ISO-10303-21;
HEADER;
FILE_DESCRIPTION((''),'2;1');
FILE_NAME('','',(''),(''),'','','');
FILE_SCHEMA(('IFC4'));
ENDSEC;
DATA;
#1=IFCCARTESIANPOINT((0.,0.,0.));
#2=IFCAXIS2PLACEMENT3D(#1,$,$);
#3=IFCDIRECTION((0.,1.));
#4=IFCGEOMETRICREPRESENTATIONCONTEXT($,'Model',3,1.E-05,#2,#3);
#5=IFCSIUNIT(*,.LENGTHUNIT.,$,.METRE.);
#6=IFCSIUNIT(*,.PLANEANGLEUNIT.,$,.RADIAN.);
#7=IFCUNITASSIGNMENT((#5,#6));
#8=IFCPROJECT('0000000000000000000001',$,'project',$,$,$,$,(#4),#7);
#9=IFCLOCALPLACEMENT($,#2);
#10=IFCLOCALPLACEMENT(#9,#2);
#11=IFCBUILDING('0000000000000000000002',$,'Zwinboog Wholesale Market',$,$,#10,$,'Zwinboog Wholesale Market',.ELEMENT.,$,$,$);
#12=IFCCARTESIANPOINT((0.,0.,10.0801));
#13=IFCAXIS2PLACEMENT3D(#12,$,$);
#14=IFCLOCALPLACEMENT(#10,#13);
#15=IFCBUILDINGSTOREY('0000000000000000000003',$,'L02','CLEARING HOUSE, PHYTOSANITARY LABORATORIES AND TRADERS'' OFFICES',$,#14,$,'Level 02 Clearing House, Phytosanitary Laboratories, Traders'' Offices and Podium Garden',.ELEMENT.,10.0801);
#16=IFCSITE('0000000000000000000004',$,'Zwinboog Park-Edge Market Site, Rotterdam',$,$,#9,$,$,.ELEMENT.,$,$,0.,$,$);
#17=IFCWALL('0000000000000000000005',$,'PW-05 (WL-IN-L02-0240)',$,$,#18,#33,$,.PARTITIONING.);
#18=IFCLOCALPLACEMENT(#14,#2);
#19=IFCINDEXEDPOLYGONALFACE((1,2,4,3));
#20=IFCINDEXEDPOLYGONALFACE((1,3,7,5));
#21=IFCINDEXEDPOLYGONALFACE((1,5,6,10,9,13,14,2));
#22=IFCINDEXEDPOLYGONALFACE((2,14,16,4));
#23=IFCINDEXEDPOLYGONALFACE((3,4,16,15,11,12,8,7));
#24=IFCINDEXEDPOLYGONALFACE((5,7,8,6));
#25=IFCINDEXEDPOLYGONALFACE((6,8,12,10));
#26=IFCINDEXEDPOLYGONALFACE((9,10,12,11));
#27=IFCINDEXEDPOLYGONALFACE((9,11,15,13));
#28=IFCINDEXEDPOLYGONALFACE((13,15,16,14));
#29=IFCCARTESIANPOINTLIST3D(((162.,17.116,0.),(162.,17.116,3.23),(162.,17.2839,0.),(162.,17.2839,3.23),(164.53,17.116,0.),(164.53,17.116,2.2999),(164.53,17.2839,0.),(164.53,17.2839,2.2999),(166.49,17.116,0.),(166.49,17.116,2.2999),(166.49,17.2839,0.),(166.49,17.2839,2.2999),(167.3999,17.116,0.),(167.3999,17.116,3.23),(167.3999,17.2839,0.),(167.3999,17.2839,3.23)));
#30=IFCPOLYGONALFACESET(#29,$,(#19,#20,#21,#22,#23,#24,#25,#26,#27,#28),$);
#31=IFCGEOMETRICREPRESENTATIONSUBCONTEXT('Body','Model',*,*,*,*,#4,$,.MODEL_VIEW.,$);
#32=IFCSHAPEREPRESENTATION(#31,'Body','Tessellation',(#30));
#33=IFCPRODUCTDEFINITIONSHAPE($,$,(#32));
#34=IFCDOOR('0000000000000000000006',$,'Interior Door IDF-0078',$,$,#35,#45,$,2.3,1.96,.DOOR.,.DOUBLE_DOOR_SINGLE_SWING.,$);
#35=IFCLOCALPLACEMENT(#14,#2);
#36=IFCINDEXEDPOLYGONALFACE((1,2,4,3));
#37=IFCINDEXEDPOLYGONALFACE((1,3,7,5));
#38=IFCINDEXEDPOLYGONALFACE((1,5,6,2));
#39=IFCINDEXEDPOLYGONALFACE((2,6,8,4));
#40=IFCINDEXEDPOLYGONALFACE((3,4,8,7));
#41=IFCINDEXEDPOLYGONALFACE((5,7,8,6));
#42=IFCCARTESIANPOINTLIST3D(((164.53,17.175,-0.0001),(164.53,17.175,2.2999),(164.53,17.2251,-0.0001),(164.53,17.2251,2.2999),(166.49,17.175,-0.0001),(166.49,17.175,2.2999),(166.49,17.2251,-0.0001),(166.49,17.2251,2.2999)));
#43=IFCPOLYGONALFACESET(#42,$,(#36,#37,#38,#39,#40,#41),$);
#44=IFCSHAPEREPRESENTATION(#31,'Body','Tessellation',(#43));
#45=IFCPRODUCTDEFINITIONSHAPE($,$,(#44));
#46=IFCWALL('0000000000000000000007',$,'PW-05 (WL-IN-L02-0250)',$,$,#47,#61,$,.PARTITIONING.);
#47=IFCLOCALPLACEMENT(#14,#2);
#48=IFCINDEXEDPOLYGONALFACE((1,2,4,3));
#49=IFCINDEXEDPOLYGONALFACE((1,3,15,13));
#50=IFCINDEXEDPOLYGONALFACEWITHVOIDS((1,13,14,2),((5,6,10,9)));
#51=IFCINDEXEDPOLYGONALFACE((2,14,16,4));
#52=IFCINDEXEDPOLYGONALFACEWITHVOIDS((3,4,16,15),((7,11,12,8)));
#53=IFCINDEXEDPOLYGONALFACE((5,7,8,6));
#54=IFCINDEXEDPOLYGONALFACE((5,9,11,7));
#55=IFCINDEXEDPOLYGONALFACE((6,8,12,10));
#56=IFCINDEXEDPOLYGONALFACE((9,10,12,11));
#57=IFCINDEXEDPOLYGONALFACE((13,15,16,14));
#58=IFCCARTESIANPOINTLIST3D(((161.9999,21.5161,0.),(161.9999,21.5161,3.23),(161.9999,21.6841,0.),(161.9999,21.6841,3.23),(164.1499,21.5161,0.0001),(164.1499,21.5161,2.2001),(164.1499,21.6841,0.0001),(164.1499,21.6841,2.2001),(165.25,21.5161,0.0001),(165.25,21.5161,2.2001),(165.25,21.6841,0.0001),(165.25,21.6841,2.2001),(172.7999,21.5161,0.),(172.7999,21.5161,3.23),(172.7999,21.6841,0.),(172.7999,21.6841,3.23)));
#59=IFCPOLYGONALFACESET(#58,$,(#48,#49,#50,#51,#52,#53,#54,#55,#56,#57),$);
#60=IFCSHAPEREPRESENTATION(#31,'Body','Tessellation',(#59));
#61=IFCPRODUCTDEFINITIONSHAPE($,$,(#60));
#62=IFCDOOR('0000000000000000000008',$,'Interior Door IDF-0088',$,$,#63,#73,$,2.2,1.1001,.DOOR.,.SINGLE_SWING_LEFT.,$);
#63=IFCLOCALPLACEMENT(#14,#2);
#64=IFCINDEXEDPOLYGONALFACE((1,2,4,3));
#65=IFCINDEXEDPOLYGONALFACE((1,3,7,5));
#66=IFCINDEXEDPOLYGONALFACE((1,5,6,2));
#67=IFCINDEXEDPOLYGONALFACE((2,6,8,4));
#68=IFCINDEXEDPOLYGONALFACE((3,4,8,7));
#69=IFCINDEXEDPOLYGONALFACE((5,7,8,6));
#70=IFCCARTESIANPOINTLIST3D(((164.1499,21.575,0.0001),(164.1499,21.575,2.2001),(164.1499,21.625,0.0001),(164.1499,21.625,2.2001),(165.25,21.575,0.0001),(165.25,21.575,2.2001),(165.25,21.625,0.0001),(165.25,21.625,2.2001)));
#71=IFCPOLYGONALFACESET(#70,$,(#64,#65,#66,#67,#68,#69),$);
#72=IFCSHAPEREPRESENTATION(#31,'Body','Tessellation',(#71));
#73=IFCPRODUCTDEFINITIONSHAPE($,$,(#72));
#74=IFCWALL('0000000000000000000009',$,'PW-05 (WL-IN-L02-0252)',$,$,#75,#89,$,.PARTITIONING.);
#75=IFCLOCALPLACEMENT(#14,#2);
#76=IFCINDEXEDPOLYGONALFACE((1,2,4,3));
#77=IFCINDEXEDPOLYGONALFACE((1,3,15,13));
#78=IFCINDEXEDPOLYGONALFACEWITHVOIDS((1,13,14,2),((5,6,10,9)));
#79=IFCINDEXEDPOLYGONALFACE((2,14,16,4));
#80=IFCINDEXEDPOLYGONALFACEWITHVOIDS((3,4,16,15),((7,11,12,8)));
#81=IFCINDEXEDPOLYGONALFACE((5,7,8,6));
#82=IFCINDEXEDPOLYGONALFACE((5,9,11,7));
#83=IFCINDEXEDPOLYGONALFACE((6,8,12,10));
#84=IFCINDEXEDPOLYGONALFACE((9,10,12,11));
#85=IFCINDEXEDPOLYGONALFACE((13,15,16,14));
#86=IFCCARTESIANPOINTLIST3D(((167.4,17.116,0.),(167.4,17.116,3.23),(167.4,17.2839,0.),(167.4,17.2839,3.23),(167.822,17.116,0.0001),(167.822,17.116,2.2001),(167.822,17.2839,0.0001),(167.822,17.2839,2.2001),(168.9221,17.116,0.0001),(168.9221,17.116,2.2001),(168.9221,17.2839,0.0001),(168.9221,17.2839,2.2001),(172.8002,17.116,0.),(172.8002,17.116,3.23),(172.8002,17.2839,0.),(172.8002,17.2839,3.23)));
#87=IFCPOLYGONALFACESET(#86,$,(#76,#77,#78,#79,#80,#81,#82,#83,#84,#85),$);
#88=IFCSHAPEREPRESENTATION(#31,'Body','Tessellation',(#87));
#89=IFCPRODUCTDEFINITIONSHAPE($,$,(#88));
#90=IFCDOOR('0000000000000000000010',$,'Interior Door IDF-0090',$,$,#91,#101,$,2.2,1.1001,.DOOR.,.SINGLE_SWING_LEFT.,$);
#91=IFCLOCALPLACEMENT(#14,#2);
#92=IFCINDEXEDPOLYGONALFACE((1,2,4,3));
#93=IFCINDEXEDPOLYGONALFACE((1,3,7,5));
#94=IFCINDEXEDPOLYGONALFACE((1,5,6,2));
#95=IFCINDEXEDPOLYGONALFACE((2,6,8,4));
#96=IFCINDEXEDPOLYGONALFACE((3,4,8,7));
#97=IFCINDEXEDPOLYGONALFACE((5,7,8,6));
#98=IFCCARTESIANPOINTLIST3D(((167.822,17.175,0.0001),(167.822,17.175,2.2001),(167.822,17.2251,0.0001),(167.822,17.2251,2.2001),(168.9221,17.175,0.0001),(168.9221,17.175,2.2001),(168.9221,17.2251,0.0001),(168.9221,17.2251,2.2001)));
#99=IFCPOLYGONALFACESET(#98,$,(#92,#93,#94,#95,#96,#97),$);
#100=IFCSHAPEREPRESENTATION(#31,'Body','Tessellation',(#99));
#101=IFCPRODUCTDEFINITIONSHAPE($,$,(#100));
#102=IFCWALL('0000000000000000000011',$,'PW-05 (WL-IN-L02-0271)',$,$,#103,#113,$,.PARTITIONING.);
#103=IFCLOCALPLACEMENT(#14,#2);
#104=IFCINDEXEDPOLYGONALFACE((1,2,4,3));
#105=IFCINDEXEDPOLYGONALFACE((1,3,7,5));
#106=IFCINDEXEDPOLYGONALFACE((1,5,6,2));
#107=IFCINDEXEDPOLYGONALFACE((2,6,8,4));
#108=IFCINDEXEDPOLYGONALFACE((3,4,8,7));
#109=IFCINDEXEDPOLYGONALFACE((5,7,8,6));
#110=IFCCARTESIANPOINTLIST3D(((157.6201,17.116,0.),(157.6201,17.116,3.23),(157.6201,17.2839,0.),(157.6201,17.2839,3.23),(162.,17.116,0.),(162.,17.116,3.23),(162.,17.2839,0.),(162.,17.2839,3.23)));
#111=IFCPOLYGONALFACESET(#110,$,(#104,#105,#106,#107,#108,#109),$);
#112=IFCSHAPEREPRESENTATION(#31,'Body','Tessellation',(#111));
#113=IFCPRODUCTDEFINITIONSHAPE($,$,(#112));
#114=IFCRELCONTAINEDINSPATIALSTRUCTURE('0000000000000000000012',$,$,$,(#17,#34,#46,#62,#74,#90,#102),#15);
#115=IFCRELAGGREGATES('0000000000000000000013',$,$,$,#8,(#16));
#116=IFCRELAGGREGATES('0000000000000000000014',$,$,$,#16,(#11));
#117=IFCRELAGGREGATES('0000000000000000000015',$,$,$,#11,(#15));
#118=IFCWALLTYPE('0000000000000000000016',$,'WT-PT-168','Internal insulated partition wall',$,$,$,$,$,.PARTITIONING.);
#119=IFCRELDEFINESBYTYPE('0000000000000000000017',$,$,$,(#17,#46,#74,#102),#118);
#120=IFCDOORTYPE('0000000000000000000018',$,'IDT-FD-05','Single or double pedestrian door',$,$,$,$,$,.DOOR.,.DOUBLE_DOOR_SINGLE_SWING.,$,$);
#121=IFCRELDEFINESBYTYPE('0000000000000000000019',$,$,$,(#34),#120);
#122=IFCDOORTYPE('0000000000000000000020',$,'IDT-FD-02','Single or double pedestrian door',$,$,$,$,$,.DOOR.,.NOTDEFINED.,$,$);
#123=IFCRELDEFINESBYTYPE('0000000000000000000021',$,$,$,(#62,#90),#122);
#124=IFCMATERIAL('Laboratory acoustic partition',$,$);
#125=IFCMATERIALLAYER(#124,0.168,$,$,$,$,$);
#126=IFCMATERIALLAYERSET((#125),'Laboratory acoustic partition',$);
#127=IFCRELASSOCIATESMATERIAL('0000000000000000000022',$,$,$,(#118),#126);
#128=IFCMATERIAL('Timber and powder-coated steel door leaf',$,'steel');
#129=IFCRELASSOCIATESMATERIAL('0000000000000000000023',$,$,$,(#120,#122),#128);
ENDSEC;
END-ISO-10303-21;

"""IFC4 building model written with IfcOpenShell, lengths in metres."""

from ifc_helpers import new_model, si_unit, direction, frame, frame_2d, origin, place, context, subcontext, project, spatial, rectangle, extrude, material, layer, layer_set, type_object, element, fill, save


model = new_model("IFC4")

# Units and contexts
model_context = context("Model", 3, precision=1e-05, world=origin(), true_north=direction((0.0, 1.0)))
body_context = subcontext(model_context, "Body", "Model", "MODEL_VIEW")
ifc_project = project(units=[si_unit("LENGTHUNIT", "METRE"), si_unit("PLANEANGLEUNIT", "RADIAN")], contexts=[model_context])

# Site, building, storey
site_placement = place(None, origin())
site = spatial("IfcSite", under=ifc_project, at=site_placement, Name="Zwinboog Park-Edge Market Site, Rotterdam", CompositionType="ELEMENT", RefElevation=0.0)
building_placement = place(site_placement, origin())
building = spatial("IfcBuilding", under=site, at=building_placement, Name="Zwinboog Wholesale Market", LongName="Zwinboog Wholesale Market", CompositionType="ELEMENT")
storey_placement = place(building_placement, frame((0.0, 0.0, 10.0801)))
storey = spatial("IfcBuildingStorey", under=building, at=storey_placement, Name="L02", Description="CLEARING HOUSE, PHYTOSANITARY LABORATORIES AND TRADERS' OFFICES", LongName="Level 02 Clearing House, Phytosanitary Laboratories, Traders' Offices and Podium Garden", CompositionType="ELEMENT", Elevation=10.0801)

# Shared definitions
ifc_material_1 = material(Name="Timber and powder-coated steel door leaf", Category="steel")

# Walls, openings, doors
ifc_material_2 = material(Name="Laboratory acoustic partition")
ifc_layer_1 = layer(ifc_material_2, 0.168)
ifc_layer_set_1 = layer_set([ifc_layer_1], Name="Laboratory acoustic partition")
wall_type_1 = type_object("IfcWallType", Name="WT-PT-168", Description="Internal insulated partition wall", PredefinedType="PARTITIONING", material=ifc_layer_set_1)
wall_1_placement = place(storey_placement, frame((162.0, 17.2, 0.0), z_axis=(0.0, 0.0, 1.0), x_axis=(1.0, 0.0, 0.0)))
wall_1 = element("IfcWall", 1, at=wall_1_placement, inside=storey, type_object=wall_type_1, Name="PW-05 (WL-IN-L02-0240)", PredefinedType="PARTITIONING", context=body_context, shape_type="SweptSolid", body=[
    extrude(rectangle(XDim=5.3999, YDim=0.168, at=frame_2d((2.7, 0.0))), origin(), (0.0, 0.0, 1.0), 3.23),
])
opening_1_placement = place(wall_1_placement, frame((2.53, 0.0, 0.0)))
opening_1 = element("IfcOpeningElement", 2, at=opening_1_placement, cuts=wall_1, PredefinedType="OPENING", context=body_context, shape_type="SweptSolid", body=[
    extrude(rectangle(XDim=1.96, YDim=2.3, at=frame_2d((0.98, 1.1499))), frame((0.0, 0.094, 0.0), z_axis=(0.0, -1.0, 0.0), x_axis=(1.0, 0.0, 0.0)), (0.0, 0.0, 1.0), 0.188),
])
door_type_1 = type_object("IfcDoorType", Name="IDT-FD-05", Description="Single or double pedestrian door", OperationType="DOUBLE_DOOR_SINGLE_SWING", PredefinedType="DOOR", material=ifc_material_1)
door_1_placement = place(opening_1_placement, frame((1.96, 0.0, 0.0), z_axis=(0.0, 0.0, 1.0), x_axis=(-1.0, 0.0, 0.0)))
door_1 = element("IfcDoor", 3, at=door_1_placement, inside=storey, type_object=door_type_1, Name="Interior Door IDF-0078", OperationType="DOUBLE_DOOR_SINGLE_SWING", OverallHeight=2.3, OverallWidth=1.96, PredefinedType="DOOR", context=body_context, shape_type="SweptSolid", body=[
    extrude(rectangle(XDim=1.96, YDim=2.3, at=frame_2d((0.98, 1.1499))), frame((0.0, 0.0249, 0.0), z_axis=(0.0, -1.0, 0.0), x_axis=(1.0, 0.0, 0.0)), (0.0, 0.0, 1.0), 0.05),
])
fill(opening_1, door_1)
wall_2_placement = place(storey_placement, frame((162.0, 21.6001, 0.0), z_axis=(0.0, 0.0, 1.0), x_axis=(1.0, 0.0, 0.0)))
wall_2 = element("IfcWall", 4, at=wall_2_placement, inside=storey, type_object=wall_type_1, Name="PW-05 (WL-IN-L02-0250)", PredefinedType="PARTITIONING", context=body_context, shape_type="SweptSolid", body=[
    extrude(rectangle(XDim=10.8, YDim=0.168, at=frame_2d((5.3999, 0.0))), origin(), (0.0, 0.0, 1.0), 3.23),
])
opening_2_placement = place(wall_2_placement, frame((2.1499, 0.0, 0.0)))
opening_2 = element("IfcOpeningElement", 5, at=opening_2_placement, cuts=wall_2, PredefinedType="OPENING", context=body_context, shape_type="SweptSolid", body=[
    extrude(rectangle(XDim=1.1001, YDim=2.2, at=frame_2d((0.55, 1.1001))), frame((0.0, 0.094, 0.0), z_axis=(0.0, -1.0, 0.0), x_axis=(1.0, 0.0, 0.0)), (0.0, 0.0, 1.0), 0.188),
])
door_type_2 = type_object("IfcDoorType", Name="IDT-FD-02", Description="Single or double pedestrian door", OperationType="NOTDEFINED", PredefinedType="DOOR", material=ifc_material_1)
door_2_placement = place(opening_2_placement, origin())
door_2 = element("IfcDoor", 6, at=door_2_placement, inside=storey, type_object=door_type_2, Name="Interior Door IDF-0088", OperationType="SINGLE_SWING_LEFT", OverallHeight=2.2, OverallWidth=1.1001, PredefinedType="DOOR", context=body_context, shape_type="SweptSolid", body=[
    extrude(rectangle(XDim=1.1001, YDim=2.2, at=frame_2d((0.55, 1.1001))), frame((0.0, 0.0249, 0.0), z_axis=(0.0, -1.0, 0.0), x_axis=(1.0, 0.0, 0.0)), (0.0, 0.0, 1.0), 0.05),
])
fill(opening_2, door_2)
wall_3_placement = place(storey_placement, frame((167.3999, 17.2, 0.0), z_axis=(0.0, 0.0, 1.0), x_axis=(1.0, 0.0, 0.0)))
wall_3 = element("IfcWall", 7, at=wall_3_placement, inside=storey, type_object=wall_type_1, Name="PW-05 (WL-IN-L02-0252)", PredefinedType="PARTITIONING", context=body_context, shape_type="SweptSolid", body=[
    extrude(rectangle(XDim=5.4001, YDim=0.168, at=frame_2d((2.7002, 0.0))), origin(), (0.0, 0.0, 1.0), 3.23),
])
opening_3_placement = place(wall_3_placement, frame((0.4221, 0.0, 0.0)))
opening_3 = element("IfcOpeningElement", 8, at=opening_3_placement, cuts=wall_3, PredefinedType="OPENING", context=body_context, shape_type="SweptSolid", body=[
    extrude(rectangle(XDim=1.1001, YDim=2.2, at=frame_2d((0.55, 1.1001))), frame((0.0, 0.094, 0.0), z_axis=(0.0, -1.0, 0.0), x_axis=(1.0, 0.0, 0.0)), (0.0, 0.0, 1.0), 0.188),
])
door_3_placement = place(opening_3_placement, frame((1.1001, 0.0, 0.0), z_axis=(0.0, 0.0, 1.0), x_axis=(-1.0, 0.0, 0.0)))
door_3 = element("IfcDoor", 9, at=door_3_placement, inside=storey, type_object=door_type_2, Name="Interior Door IDF-0090", OperationType="SINGLE_SWING_LEFT", OverallHeight=2.2, OverallWidth=1.1001, PredefinedType="DOOR", context=body_context, shape_type="SweptSolid", body=[
    extrude(rectangle(XDim=1.1001, YDim=2.2, at=frame_2d((0.55, 1.1001))), frame((0.0, 0.0249, 0.0), z_axis=(0.0, -1.0, 0.0), x_axis=(1.0, 0.0, 0.0)), (0.0, 0.0, 1.0), 0.05),
])
fill(opening_3, door_3)

# Wall
wall_4_placement = place(storey_placement, frame((157.6201, 17.2, 0.0), z_axis=(0.0, 0.0, 1.0), x_axis=(1.0, 0.0, 0.0)))
element("IfcWall", 10, at=wall_4_placement, inside=storey, type_object=wall_type_1, Name="PW-05 (WL-IN-L02-0271)", PredefinedType="PARTITIONING", context=body_context, shape_type="SweptSolid", body=[
    extrude(rectangle(XDim=4.3799, YDim=0.168, at=frame_2d((2.1899, 0.0))), origin(), (0.0, 0.0, 1.0), 3.23),
])

save(model, "model.ifc")
